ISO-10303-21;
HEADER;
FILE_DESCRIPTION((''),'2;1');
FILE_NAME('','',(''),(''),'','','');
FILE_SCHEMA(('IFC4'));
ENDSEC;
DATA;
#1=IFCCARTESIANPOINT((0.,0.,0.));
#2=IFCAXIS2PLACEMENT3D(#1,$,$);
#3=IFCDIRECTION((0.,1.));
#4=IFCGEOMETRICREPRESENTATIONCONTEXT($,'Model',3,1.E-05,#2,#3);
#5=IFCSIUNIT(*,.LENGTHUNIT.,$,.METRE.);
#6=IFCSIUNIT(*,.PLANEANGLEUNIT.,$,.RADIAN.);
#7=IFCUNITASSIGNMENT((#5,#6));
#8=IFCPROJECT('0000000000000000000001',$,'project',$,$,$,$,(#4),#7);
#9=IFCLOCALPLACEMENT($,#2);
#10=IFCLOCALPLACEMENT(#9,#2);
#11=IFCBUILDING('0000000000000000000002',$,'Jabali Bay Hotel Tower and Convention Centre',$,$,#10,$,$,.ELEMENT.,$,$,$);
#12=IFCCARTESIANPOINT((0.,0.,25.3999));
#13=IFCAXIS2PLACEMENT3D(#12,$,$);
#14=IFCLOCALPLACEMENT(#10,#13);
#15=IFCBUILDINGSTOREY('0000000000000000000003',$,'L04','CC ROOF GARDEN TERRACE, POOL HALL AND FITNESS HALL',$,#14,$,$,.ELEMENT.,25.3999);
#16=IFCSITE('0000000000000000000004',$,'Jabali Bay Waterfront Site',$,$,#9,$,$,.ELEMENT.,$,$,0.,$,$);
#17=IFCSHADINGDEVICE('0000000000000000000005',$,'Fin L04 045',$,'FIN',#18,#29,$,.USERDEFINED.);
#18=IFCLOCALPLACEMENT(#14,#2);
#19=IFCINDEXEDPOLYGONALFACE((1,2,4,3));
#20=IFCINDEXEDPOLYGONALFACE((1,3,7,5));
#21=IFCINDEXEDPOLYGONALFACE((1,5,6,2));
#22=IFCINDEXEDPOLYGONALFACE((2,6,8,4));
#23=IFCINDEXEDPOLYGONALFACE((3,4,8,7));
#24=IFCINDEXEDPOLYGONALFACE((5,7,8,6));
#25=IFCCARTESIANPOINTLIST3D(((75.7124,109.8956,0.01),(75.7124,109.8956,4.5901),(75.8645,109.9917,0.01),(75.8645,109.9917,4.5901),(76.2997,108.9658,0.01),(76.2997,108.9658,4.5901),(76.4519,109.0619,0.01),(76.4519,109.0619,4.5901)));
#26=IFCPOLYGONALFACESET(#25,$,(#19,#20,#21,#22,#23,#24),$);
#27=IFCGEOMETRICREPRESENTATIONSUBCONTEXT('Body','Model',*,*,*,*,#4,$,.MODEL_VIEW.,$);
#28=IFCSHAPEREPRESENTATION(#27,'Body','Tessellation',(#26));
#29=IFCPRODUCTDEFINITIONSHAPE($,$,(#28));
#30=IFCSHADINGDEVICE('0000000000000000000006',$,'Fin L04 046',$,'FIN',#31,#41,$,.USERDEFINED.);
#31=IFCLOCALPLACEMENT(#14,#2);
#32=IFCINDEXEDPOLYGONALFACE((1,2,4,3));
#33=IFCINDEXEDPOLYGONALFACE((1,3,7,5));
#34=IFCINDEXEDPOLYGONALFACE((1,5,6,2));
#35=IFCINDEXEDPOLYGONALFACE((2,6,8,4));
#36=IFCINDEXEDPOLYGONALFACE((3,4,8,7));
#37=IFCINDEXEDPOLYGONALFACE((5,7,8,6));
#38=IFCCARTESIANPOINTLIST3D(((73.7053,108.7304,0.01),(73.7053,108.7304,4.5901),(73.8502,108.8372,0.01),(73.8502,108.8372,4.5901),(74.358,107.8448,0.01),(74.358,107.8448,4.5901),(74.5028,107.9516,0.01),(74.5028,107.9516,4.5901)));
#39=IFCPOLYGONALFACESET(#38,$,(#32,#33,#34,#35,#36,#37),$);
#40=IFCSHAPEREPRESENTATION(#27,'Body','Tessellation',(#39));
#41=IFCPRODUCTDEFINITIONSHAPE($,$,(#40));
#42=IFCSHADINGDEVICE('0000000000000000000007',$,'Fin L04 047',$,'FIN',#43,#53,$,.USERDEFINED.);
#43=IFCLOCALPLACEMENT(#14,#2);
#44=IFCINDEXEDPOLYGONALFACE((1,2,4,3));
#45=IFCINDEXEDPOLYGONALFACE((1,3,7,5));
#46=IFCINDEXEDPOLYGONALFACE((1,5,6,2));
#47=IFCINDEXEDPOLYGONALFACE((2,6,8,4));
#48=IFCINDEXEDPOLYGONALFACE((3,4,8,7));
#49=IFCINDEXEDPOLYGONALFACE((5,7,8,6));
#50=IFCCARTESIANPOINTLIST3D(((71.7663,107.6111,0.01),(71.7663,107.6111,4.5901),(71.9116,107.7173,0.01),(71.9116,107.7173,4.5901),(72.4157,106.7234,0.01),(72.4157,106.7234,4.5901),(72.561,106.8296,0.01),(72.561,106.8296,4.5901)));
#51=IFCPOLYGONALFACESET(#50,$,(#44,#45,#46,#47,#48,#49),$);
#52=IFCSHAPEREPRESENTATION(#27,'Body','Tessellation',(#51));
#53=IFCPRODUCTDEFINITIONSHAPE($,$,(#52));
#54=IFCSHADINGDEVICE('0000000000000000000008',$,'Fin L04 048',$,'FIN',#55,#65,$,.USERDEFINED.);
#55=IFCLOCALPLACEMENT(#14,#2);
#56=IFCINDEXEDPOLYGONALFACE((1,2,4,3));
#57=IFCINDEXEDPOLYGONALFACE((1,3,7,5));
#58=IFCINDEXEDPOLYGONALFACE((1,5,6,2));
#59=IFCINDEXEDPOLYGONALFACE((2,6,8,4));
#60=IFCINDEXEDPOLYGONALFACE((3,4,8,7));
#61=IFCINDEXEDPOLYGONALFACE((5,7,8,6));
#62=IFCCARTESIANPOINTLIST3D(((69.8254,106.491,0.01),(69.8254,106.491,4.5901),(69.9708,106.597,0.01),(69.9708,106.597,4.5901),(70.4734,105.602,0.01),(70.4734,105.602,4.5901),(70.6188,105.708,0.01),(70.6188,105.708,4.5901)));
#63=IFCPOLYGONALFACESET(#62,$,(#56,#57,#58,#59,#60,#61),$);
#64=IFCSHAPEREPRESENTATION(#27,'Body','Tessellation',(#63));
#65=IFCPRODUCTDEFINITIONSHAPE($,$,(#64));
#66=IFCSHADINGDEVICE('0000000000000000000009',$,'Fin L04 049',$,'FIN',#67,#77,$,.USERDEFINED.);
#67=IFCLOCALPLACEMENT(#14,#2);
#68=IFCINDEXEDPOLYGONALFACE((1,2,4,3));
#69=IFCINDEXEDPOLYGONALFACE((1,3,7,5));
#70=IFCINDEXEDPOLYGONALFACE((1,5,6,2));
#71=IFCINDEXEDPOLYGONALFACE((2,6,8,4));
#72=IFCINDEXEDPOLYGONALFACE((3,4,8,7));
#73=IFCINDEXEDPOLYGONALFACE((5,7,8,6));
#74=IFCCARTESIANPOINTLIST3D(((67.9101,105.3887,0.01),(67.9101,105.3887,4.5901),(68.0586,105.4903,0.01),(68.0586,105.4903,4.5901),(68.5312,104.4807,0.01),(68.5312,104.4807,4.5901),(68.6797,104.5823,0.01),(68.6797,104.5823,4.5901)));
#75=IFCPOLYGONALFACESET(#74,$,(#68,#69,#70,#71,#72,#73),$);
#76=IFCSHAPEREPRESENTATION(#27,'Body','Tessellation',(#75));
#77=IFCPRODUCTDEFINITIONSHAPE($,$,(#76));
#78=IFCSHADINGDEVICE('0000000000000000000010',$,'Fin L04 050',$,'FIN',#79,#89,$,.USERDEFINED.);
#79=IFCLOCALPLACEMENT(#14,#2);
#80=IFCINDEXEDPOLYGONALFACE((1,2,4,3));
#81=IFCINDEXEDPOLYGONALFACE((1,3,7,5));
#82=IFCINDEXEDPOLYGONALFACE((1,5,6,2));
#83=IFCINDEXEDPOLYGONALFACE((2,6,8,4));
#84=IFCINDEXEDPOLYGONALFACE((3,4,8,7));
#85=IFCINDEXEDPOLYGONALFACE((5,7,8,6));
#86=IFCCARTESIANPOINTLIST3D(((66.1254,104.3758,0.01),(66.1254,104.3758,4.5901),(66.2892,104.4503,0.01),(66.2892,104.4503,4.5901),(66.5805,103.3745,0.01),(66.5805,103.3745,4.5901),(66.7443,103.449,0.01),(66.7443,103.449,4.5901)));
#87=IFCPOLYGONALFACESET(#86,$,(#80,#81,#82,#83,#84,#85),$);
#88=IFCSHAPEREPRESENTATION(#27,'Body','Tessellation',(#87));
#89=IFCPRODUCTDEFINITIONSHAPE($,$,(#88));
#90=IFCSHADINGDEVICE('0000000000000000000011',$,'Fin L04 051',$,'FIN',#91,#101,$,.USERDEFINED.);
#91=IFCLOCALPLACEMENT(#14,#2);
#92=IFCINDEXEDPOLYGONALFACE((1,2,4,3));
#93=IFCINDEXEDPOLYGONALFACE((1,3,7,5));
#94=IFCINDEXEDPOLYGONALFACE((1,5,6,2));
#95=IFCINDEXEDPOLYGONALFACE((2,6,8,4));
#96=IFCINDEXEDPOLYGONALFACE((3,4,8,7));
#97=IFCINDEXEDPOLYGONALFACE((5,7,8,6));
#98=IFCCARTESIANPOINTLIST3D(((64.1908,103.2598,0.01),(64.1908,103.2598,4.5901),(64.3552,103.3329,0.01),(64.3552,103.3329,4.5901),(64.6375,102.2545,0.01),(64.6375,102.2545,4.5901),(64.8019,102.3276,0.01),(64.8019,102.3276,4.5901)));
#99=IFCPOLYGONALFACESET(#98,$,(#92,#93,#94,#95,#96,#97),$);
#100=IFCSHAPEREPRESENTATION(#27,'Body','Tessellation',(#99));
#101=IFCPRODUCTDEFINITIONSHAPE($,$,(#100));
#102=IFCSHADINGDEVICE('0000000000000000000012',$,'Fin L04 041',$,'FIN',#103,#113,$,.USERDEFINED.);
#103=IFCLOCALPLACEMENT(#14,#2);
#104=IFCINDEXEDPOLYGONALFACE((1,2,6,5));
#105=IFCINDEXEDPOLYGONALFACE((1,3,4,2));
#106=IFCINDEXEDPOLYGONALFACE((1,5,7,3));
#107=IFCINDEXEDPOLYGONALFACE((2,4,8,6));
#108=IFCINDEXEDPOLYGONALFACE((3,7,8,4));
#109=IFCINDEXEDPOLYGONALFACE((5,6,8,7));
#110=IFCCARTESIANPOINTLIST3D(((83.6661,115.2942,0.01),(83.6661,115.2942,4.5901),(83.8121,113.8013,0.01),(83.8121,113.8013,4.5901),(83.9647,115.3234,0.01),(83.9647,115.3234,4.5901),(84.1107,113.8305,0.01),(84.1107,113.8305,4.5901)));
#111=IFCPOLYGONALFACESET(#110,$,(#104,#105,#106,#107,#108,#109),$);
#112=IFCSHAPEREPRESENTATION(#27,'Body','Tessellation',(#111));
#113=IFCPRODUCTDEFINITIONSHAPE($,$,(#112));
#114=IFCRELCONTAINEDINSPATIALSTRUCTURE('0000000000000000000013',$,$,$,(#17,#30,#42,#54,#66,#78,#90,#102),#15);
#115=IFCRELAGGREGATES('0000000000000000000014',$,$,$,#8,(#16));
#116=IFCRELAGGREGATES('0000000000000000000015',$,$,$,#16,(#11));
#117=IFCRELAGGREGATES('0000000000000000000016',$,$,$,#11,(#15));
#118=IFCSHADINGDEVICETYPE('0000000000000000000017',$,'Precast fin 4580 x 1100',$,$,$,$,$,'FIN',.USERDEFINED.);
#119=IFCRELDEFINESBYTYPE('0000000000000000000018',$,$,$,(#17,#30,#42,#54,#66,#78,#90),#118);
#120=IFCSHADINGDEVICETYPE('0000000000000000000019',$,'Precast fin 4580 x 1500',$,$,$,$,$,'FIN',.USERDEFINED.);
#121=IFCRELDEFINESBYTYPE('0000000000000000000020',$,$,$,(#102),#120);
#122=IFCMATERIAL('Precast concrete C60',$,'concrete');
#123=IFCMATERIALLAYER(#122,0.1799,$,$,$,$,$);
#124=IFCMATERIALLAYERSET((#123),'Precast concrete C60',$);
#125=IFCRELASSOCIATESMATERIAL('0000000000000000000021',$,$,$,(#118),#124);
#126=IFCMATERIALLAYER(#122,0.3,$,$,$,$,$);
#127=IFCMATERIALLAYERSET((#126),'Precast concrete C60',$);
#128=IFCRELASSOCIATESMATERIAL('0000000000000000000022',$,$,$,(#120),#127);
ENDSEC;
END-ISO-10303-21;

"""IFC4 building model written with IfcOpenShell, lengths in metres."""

from ifc_helpers import new_model, si_unit, direction, frame, frame_2d, origin, place, context, subcontext, project, spatial, rectangle, extrude, material, layer, layer_set, type_object, element, save


model = new_model("IFC4")

# Units and contexts
model_context = context("Model", 3, precision=1e-05, world=origin(), true_north=direction((0.0, 1.0)))
body_context = subcontext(model_context, "Body", "Model", "MODEL_VIEW")
ifc_project = project(units=[si_unit("LENGTHUNIT", "METRE"), si_unit("PLANEANGLEUNIT", "RADIAN")], contexts=[model_context])

# Site, building, storey
site_placement = place(None, origin())
site = spatial("IfcSite", under=ifc_project, at=site_placement, Name="Jabali Bay Waterfront Site", CompositionType="ELEMENT", RefElevation=0.0)
building_placement = place(site_placement, origin())
building = spatial("IfcBuilding", under=site, at=building_placement, Name="Jabali Bay Hotel Tower and Convention Centre", CompositionType="ELEMENT")
storey_placement = place(building_placement, frame((0.0, 0.0, 25.3999)))
storey = spatial("IfcBuildingStorey", under=building, at=storey_placement, Name="L04", Description="CC ROOF GARDEN TERRACE, POOL HALL AND FITNESS HALL", CompositionType="ELEMENT", Elevation=25.3999)

# Shading devices
ifc_material_1 = material(Name="Precast concrete C60", Category="concrete")
ifc_layer_1 = layer(ifc_material_1, 0.1799)
ifc_layer_set_1 = layer_set([ifc_layer_1], Name="Precast concrete C60")
shading_device_type_1 = type_object("IfcShadingDeviceType", Name="Precast fin 4580 x 1100", ElementType="FIN", PredefinedType="USERDEFINED", material=ifc_layer_set_1)
for number, where, z_axis, x_axis, name in (
    (1, (76.3757, 109.0139, 0.01), (0.0, 0.0, 1.0), (-0.534043, 0.845457, 0.0), "Fin L04 045"),
):
    element("IfcShadingDevice", number, at=place(storey_placement, frame(where, z_axis=z_axis, x_axis=x_axis)), inside=storey, type_object=shading_device_type_1, Name=name, ObjectType="FIN", PredefinedType="USERDEFINED", context=body_context, shape_type="SweptSolid", body=[
        extrude(rectangle(XDim=1.0999, YDim=0.1799, at=frame_2d((0.5498, 0.0))), origin(), (0.0, 0.0, 1.0), 4.5801),
    ])
shading_device_1_placement = place(storey_placement, frame((74.4304, 107.8982, 0.01), z_axis=(0.0, 0.0, 1.0), x_axis=(-0.593267, 0.805006, 0.0)))
element("IfcShadingDevice", 2, at=shading_device_1_placement, inside=storey, type_object=shading_device_type_1, Name="Fin L04 046", ObjectType="FIN", PredefinedType="USERDEFINED", context=body_context, shape_type="SweptSolid", body=[
    extrude(rectangle(XDim=1.1001, YDim=0.1799, at=frame_2d((0.55, 0.0))), origin(), (0.0, 0.0, 1.0), 4.5801),
])
shading_device_2_placement = place(storey_placement, frame((72.4883, 106.7766, 0.01), z_axis=(0.0, 0.0, 1.0), x_axis=(-0.590439, 0.807082, 0.0)))
element("IfcShadingDevice", 3, at=shading_device_2_placement, inside=storey, type_object=shading_device_type_1, Name="Fin L04 047", ObjectType="FIN", PredefinedType="USERDEFINED", context=body_context, shape_type="SweptSolid", body=[
    extrude(rectangle(XDim=1.0999, YDim=0.1799, at=frame_2d((0.5498, 0.0))), origin(), (0.0, 0.0, 1.0), 4.5801),
])
for number, where, z_axis, x_axis, name in (
    (4, (70.5461, 105.655, 0.01), (0.0, 0.0, 1.0), (-0.589042, 0.808102, 0.0), "Fin L04 048"),
    (5, (68.6055, 104.5315, 0.01), (0.0, 0.0, 1.0), (-0.564596, 0.825367, 0.0), "Fin L04 049"),
):
    element("IfcShadingDevice", number, at=place(storey_placement, frame(where, z_axis=z_axis, x_axis=x_axis)), inside=storey, type_object=shading_device_type_1, Name=name, ObjectType="FIN", PredefinedType="USERDEFINED", context=body_context, shape_type="SweptSolid", body=[
        extrude(rectangle(XDim=1.1001, YDim=0.1799, at=frame_2d((0.55, 0.0))), origin(), (0.0, 0.0, 1.0), 4.5801),
    ])
shading_device_3_placement = place(storey_placement, frame((66.6624, 103.4119, 0.01), z_axis=(0.0, 0.0, 1.0), x_axis=(-0.413786, 0.910374, 0.0)))
element("IfcShadingDevice", 6, at=shading_device_3_placement, inside=storey, type_object=shading_device_type_1, Name="Fin L04 050", ObjectType="FIN", PredefinedType="USERDEFINED", context=body_context, shape_type="SweptSolid", body=[
    extrude(rectangle(XDim=1.0999, YDim=0.1799, at=frame_2d((0.5498, 0.0))), origin(), (0.0, 0.0, 1.0), 4.5801),
])
shading_device_4_placement = place(storey_placement, frame((64.7197, 102.291, 0.01), z_axis=(0.0, 0.0, 1.0), x_axis=(-0.406097, 0.91383, 0.0)))
element("IfcShadingDevice", 7, at=shading_device_4_placement, inside=storey, type_object=shading_device_type_1, Name="Fin L04 051", ObjectType="FIN", PredefinedType="USERDEFINED", context=body_context, shape_type="SweptSolid", body=[
    extrude(rectangle(XDim=1.1001, YDim=0.1799, at=frame_2d((0.55, 0.0))), origin(), (0.0, 0.0, 1.0), 4.5801),
])
ifc_layer_2 = layer(ifc_material_1, 0.3)
ifc_layer_set_2 = layer_set([ifc_layer_2], Name="Precast concrete C60")
shading_device_type_2 = type_object("IfcShadingDeviceType", Name="Precast fin 4580 x 1500", ElementType="FIN", PredefinedType="USERDEFINED", material=ifc_layer_set_2)
shading_device_5_placement = place(storey_placement, frame((83.9614, 113.8159, 0.01), z_axis=(0.0, 0.0, 1.0), x_axis=(-0.097328, 0.995252, 0.0)))
element("IfcShadingDevice", 8, at=shading_device_5_placement, inside=storey, type_object=shading_device_type_2, Name="Fin L04 041", ObjectType="FIN", PredefinedType="USERDEFINED", context=body_context, shape_type="SweptSolid", body=[
    extrude(rectangle(XDim=1.5, YDim=0.3, at=frame_2d((0.75, 0.0))), origin(), (0.0, 0.0, 1.0), 4.5801),
])

save(model, "model.ifc")
